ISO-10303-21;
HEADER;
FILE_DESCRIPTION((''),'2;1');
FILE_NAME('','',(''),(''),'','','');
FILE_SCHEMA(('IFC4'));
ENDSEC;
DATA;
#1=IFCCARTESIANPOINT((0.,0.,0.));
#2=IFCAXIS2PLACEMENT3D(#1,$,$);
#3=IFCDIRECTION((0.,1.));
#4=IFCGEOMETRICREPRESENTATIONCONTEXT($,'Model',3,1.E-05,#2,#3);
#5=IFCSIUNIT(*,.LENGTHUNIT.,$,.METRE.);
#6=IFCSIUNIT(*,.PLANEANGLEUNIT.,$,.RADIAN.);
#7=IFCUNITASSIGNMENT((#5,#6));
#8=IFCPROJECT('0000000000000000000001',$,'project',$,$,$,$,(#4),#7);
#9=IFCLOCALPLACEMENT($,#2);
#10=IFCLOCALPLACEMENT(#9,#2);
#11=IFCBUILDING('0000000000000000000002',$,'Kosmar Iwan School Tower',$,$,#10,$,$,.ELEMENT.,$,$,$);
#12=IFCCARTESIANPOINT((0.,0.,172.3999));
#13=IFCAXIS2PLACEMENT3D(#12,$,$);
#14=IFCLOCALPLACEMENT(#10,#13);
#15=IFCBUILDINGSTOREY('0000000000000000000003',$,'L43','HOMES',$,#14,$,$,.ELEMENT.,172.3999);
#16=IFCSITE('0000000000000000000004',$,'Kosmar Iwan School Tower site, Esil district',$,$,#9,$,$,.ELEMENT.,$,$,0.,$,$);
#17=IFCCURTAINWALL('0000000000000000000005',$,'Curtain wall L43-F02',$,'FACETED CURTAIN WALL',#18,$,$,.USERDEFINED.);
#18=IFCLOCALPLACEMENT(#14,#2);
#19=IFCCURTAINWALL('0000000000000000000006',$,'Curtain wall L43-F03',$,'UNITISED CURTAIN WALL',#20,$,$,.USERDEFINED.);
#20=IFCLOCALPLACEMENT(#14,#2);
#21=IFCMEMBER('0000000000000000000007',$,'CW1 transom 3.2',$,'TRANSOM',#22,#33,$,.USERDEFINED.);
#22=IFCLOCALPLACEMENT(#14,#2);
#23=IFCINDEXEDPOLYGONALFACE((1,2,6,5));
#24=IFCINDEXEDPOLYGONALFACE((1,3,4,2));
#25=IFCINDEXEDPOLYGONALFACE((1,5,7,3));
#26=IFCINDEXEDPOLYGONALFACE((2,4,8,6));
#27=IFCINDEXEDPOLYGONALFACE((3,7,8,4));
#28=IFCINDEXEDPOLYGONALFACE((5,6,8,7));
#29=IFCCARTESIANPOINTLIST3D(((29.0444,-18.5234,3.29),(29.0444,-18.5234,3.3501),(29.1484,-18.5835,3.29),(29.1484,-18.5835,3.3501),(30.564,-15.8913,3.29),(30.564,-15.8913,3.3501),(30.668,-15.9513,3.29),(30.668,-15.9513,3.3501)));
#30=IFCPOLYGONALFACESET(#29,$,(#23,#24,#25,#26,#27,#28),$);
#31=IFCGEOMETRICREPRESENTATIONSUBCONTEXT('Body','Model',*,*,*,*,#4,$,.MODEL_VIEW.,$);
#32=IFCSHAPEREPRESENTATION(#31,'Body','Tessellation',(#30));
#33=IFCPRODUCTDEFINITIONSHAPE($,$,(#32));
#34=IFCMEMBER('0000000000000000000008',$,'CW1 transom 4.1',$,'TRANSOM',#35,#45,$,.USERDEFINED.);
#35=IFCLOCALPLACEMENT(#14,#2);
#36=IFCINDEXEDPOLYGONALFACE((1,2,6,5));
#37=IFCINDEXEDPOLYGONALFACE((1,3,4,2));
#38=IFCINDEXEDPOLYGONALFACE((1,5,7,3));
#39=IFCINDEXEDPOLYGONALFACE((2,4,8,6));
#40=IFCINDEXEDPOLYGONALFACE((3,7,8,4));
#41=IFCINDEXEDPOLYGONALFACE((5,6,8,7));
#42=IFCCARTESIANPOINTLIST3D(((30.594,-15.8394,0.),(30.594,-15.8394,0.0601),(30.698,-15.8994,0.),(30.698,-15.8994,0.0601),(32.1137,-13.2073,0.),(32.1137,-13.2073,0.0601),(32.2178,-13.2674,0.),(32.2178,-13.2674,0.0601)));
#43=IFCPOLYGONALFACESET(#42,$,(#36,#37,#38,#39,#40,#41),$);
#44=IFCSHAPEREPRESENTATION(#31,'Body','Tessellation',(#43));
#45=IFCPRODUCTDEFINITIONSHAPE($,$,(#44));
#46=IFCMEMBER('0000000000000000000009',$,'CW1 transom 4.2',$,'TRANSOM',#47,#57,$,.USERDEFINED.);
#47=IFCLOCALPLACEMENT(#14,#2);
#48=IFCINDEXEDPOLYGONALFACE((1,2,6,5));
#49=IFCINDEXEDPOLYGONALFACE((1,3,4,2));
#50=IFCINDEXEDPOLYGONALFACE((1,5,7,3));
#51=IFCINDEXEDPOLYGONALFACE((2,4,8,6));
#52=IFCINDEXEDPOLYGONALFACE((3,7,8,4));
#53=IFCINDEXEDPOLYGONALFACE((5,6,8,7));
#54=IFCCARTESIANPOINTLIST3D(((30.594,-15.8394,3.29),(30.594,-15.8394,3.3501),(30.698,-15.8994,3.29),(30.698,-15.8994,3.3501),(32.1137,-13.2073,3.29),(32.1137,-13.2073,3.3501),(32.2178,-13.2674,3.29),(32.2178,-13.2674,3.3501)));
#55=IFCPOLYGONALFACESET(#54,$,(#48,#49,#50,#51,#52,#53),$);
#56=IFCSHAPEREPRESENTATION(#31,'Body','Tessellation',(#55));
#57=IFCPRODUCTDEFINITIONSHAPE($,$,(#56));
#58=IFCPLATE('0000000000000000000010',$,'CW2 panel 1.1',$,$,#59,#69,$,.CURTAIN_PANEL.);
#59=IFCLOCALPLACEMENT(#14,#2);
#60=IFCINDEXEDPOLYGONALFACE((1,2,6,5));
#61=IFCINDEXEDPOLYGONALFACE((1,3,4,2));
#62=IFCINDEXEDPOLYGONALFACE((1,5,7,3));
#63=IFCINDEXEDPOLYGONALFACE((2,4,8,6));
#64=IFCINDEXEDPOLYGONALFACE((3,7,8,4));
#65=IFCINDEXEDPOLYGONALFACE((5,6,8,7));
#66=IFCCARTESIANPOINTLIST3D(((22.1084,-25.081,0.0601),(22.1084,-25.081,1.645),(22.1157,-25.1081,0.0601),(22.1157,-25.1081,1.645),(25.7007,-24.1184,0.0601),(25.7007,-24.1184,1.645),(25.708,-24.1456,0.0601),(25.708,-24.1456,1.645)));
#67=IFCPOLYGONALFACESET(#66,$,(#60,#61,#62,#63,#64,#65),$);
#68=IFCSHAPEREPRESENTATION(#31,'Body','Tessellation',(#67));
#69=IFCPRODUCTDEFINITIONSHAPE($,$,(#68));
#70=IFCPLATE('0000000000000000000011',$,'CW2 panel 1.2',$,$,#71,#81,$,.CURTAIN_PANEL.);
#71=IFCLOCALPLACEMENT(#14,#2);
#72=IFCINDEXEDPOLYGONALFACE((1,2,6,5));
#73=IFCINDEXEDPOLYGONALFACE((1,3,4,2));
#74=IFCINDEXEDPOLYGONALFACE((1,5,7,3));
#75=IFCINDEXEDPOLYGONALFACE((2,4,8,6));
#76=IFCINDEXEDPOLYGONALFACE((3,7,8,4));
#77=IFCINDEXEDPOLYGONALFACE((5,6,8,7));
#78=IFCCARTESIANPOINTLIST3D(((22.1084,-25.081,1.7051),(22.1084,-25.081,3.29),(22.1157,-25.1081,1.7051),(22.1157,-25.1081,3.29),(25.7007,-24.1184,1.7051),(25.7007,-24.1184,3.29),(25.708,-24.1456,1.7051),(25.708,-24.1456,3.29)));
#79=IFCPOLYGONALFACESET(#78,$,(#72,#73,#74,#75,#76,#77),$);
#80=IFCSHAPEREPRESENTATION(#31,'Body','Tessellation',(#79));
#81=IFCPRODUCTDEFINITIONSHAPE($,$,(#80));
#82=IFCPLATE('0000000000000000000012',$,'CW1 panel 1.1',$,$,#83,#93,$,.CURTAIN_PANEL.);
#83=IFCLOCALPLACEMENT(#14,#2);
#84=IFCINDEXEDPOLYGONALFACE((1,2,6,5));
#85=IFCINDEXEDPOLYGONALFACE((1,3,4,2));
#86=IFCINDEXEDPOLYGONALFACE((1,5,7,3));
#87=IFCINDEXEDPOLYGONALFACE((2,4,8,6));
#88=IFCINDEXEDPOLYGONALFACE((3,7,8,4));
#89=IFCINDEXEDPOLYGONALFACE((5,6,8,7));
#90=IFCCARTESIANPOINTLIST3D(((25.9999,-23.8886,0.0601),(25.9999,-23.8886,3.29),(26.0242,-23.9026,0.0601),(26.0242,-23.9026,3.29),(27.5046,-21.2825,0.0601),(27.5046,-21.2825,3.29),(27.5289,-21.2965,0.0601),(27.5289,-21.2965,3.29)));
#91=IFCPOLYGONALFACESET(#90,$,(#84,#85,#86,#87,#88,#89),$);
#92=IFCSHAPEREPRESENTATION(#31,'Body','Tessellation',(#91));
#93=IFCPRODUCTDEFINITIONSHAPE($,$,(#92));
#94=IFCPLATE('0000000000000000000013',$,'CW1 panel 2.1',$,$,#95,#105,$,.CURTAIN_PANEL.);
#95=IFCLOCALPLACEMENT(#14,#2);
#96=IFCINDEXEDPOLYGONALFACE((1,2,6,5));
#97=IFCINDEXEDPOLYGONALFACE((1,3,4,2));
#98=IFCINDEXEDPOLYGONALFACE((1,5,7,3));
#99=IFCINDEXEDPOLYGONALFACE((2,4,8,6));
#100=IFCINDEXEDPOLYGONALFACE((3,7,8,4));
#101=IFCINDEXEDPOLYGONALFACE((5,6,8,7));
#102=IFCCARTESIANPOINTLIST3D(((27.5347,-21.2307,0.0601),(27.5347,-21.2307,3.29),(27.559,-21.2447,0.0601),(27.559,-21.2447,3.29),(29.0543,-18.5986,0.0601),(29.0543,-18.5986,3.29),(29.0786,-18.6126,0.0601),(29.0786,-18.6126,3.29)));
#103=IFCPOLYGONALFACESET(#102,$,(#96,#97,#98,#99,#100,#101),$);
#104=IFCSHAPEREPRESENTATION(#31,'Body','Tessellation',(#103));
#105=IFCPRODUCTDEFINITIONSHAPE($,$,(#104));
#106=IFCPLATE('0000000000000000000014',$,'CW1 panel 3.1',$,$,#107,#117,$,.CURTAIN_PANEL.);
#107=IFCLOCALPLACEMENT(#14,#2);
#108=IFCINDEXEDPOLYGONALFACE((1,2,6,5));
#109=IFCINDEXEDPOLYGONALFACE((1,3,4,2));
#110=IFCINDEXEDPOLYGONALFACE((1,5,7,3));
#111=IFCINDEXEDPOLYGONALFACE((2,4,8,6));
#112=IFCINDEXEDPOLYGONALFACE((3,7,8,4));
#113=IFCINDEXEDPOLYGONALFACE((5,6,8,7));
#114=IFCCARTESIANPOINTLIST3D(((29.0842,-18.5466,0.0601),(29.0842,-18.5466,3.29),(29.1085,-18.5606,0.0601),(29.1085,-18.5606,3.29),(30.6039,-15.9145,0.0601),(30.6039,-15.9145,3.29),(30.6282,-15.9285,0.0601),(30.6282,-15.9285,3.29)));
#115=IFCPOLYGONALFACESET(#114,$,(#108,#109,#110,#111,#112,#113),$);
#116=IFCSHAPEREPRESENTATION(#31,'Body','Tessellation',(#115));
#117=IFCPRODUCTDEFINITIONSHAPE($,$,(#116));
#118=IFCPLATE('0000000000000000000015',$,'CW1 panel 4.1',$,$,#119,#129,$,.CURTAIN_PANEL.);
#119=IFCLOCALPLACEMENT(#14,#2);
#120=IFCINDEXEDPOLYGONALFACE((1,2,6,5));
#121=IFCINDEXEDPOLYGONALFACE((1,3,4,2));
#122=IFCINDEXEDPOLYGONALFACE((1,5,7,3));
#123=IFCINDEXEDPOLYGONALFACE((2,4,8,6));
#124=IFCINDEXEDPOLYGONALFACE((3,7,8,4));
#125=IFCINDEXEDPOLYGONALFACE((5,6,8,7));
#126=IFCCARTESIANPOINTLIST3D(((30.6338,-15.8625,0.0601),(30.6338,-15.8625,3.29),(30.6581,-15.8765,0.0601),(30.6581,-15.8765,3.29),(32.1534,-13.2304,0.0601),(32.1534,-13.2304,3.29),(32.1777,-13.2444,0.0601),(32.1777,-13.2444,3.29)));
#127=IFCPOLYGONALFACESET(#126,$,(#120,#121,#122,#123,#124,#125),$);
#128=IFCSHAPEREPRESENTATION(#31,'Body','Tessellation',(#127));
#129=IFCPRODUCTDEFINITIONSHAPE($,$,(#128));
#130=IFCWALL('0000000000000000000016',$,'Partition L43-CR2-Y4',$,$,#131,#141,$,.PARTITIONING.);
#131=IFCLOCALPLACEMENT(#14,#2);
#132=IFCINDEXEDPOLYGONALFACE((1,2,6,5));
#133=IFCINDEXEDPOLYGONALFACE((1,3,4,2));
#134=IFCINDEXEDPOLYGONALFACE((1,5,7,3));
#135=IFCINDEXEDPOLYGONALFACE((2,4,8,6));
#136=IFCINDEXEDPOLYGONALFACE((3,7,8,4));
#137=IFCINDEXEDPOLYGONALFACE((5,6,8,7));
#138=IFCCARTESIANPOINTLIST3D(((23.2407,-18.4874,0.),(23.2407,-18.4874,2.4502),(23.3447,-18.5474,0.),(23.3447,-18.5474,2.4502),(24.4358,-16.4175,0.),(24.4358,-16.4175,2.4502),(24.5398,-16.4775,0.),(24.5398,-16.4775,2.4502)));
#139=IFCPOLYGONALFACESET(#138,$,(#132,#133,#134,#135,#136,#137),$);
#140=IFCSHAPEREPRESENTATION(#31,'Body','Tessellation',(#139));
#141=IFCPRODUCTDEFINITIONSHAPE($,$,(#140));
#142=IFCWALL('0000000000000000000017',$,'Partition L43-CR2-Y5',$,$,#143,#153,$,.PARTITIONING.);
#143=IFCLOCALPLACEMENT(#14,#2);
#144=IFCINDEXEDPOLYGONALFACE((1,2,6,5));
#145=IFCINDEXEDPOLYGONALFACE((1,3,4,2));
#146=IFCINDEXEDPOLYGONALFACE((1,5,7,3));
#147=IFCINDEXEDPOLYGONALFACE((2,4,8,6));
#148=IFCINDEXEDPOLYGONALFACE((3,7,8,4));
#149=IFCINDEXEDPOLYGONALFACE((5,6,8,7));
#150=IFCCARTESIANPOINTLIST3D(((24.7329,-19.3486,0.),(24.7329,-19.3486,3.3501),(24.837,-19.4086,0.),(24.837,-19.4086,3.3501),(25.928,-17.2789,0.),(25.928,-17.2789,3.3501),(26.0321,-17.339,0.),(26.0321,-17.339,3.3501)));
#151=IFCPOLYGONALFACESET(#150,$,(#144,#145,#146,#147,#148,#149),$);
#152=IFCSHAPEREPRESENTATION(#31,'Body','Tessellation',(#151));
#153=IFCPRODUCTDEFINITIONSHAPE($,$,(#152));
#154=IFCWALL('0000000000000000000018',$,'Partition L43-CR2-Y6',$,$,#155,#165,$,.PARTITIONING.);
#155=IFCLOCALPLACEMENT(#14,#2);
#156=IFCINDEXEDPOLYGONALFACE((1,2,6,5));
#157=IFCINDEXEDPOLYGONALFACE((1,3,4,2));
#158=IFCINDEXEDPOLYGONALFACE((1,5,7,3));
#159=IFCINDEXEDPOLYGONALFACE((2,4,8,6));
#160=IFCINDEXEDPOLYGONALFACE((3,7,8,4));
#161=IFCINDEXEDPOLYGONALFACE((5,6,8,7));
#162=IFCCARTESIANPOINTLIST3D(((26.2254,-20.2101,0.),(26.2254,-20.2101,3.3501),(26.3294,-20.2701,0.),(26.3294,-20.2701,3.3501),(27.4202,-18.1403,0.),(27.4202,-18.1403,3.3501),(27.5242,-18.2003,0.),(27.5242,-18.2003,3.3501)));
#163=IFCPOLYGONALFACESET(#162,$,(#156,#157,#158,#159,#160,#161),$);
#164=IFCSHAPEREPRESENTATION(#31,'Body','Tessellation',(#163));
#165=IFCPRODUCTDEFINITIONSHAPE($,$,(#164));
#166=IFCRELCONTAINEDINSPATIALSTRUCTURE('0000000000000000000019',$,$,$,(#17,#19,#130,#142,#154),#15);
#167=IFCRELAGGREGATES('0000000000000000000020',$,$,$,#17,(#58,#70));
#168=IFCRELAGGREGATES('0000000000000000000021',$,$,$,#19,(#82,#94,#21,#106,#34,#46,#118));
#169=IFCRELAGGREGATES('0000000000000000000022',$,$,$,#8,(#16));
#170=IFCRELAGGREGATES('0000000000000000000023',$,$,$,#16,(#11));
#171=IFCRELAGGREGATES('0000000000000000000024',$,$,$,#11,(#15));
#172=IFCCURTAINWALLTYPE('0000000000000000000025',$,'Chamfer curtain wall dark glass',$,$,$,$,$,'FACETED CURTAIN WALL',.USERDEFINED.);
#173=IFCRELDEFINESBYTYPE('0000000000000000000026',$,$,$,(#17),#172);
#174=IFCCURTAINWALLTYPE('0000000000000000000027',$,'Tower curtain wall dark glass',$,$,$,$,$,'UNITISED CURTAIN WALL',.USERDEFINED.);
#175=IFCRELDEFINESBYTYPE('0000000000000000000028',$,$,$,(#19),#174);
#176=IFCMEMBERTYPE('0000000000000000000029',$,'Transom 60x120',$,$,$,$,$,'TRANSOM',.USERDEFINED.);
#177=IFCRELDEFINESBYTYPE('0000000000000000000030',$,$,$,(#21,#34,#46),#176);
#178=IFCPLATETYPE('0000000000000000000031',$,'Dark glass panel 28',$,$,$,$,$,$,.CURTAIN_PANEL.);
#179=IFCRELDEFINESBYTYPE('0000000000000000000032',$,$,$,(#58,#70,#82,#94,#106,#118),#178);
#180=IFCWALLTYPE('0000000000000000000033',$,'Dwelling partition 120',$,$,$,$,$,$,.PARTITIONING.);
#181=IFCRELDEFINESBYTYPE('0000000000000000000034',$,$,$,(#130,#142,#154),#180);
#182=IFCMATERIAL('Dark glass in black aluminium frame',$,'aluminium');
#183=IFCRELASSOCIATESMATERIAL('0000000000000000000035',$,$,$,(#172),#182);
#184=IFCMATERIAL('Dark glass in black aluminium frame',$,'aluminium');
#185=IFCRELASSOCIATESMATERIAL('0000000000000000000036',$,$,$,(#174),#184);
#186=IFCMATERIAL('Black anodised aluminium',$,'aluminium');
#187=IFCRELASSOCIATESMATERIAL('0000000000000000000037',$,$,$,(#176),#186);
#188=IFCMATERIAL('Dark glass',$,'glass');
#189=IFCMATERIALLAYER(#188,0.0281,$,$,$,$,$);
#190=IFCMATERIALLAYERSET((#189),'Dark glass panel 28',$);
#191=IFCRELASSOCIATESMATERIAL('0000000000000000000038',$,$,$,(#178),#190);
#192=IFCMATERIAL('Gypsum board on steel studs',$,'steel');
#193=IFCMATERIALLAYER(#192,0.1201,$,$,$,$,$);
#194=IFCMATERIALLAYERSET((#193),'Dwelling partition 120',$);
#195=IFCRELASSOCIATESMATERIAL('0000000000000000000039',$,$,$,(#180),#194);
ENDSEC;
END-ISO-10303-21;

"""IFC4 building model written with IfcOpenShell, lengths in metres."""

from ifc_helpers import new_model, si_unit, direction, frame, frame_2d, origin, origin_2d, place, context, subcontext, project, spatial, rectangle, extrude, material, layer, layer_set, material_profile, profile_set, type_object, element, aggregate, save


model = new_model("IFC4")

# Units and contexts
model_context = context("Model", 3, precision=1e-05, world=origin(), true_north=direction((0.0, 1.0)))
body_context = subcontext(model_context, "Body", "Model", "MODEL_VIEW")
ifc_project = project(units=[si_unit("LENGTHUNIT", "METRE"), si_unit("PLANEANGLEUNIT", "RADIAN")], contexts=[model_context])

# Site, building, storey
site_placement = place(None, origin())
site = spatial("IfcSite", under=ifc_project, at=site_placement, Name="Kosmar Iwan School Tower site, Esil district", CompositionType="ELEMENT", RefElevation=0.0)
building_placement = place(site_placement, origin())
building = spatial("IfcBuilding", under=site, at=building_placement, Name="Kosmar Iwan School Tower", CompositionType="ELEMENT")
storey_placement = place(building_placement, frame((0.0, 0.0, 172.3999)))
storey = spatial("IfcBuildingStorey", under=building, at=storey_placement, Name="L43", Description="HOMES", CompositionType="ELEMENT", Elevation=172.3999)

# Curtain wall
ifc_material_1 = material(Name="Dark glass in black aluminium frame", Category="aluminium")
curtain_wall_type_1 = type_object("IfcCurtainWallType", Name="Chamfer curtain wall dark glass", ElementType="FACETED CURTAIN WALL", PredefinedType="USERDEFINED", material=ifc_material_1)
curtain_wall_1_placement = place(storey_placement, origin())
curtain_wall_1 = element("IfcCurtainWall", 1, at=curtain_wall_1_placement, inside=storey, type_object=curtain_wall_type_1, Name="Curtain wall L43-F02", ObjectType="FACETED CURTAIN WALL", PredefinedType="USERDEFINED")

# Curtain wall
ifc_material_2 = material(Name="Dark glass in black aluminium frame", Category="aluminium")
curtain_wall_type_2 = type_object("IfcCurtainWallType", Name="Tower curtain wall dark glass", ElementType="UNITISED CURTAIN WALL", PredefinedType="USERDEFINED", material=ifc_material_2)
curtain_wall_2_placement = place(storey_placement, origin())
curtain_wall_2 = element("IfcCurtainWall", 2, at=curtain_wall_2_placement, inside=storey, type_object=curtain_wall_type_2, Name="Curtain wall L43-F03", ObjectType="UNITISED CURTAIN WALL", PredefinedType="USERDEFINED")

# Members
ifc_material_3 = material(Name="Black anodised aluminium", Category="aluminium")
ifc_material_profile_1 = material_profile(ifc_material_3, rectangle(XDim=0.1201, YDim=0.0601, at=origin_2d()), Name="TRANSOM 60x120")
ifc_profile_set_1 = profile_set([ifc_material_profile_1], Name="Black anodised aluminium")
member_type_1 = type_object("IfcMemberType", Name="Transom 60x120", ElementType="TRANSOM", PredefinedType="USERDEFINED", material=ifc_profile_set_1)
member_1_placement = place(storey_placement, frame((29.0964, -18.5535, 3.3201), z_axis=(0.499975, 0.86604, 0.0), x_axis=(-0.86604, 0.499975, 0.0)))
member_1 = element("IfcMember", 3, at=member_1_placement, type_object=member_type_1, Name="CW1 transom 3.2", ObjectType="TRANSOM", PredefinedType="USERDEFINED", context=body_context, shape_type="SweptSolid", body=[
    extrude(rectangle(XDim=0.1201, YDim=0.0601, at=origin_2d()), origin(), (0.0, 0.0, 1.0), 3.0393),
])
member_2_placement = place(storey_placement, frame((30.646, -15.8694, 0.03), z_axis=(0.500035, 0.866005, 0.0), x_axis=(-0.866005, 0.500035, 0.0)))
member_2 = element("IfcMember", 4, at=member_2_placement, type_object=member_type_1, Name="CW1 transom 4.1", ObjectType="TRANSOM", PredefinedType="USERDEFINED", context=body_context, shape_type="SweptSolid", body=[
    extrude(rectangle(XDim=0.1201, YDim=0.0601, at=origin_2d()), origin(), (0.0, 0.0, 1.0), 3.0393),
])
member_3_placement = place(storey_placement, frame((30.646, -15.8694, 3.3201), z_axis=(0.500035, 0.866005, 0.0), x_axis=(-0.866005, 0.500035, 0.0)))
member_3 = element("IfcMember", 5, at=member_3_placement, type_object=member_type_1, Name="CW1 transom 4.2", ObjectType="TRANSOM", PredefinedType="USERDEFINED", context=body_context, shape_type="SweptSolid", body=[
    extrude(rectangle(XDim=0.1201, YDim=0.0601, at=origin_2d()), origin(), (0.0, 0.0, 1.0), 3.0393),
])

# Plates
ifc_material_4 = material(Name="Dark glass", Category="glass")
ifc_layer_1 = layer(ifc_material_4, 0.0281)
ifc_layer_set_1 = layer_set([ifc_layer_1], Name="Dark glass panel 28")
plate_type = type_object("IfcPlateType", Name="Dark glass panel 28", PredefinedType="CURTAIN_PANEL", material=ifc_layer_set_1)
plate_1_placement = place(storey_placement, frame((23.9082, -24.6133, 0.0601), z_axis=(0.0, 0.0, 1.0), x_axis=(0.965926, 0.258819, 0.0)))
plate_1 = element("IfcPlate", 6, at=plate_1_placement, type_object=plate_type, Name="CW2 panel 1.1", PredefinedType="CURTAIN_PANEL", context=body_context, shape_type="SweptSolid", body=[
    extrude(rectangle(XDim=3.719, YDim=0.0281, at=origin_2d()), origin(), (0.0, 0.0, 1.0), 1.585),
])
plate_2_placement = place(storey_placement, frame((23.9082, -24.6133, 1.7051), z_axis=(0.0, 0.0, 1.0), x_axis=(0.965926, 0.258819, 0.0)))
plate_2 = element("IfcPlate", 7, at=plate_2_placement, type_object=plate_type, Name="CW2 panel 1.2", PredefinedType="CURTAIN_PANEL", context=body_context, shape_type="SweptSolid", body=[
    extrude(rectangle(XDim=3.719, YDim=0.0281, at=origin_2d()), origin(), (0.0, 0.0, 1.0), 1.585),
])
aggregate(curtain_wall_1, [plate_1, plate_2])
plate_3_placement = place(storey_placement, frame((26.7644, -22.5925, 0.0601), z_axis=(0.0, 0.0, 1.0), x_axis=(0.5, 0.866025, 0.0)))
plate_3 = element("IfcPlate", 8, at=plate_3_placement, type_object=plate_type, Name="CW1 panel 1.1", PredefinedType="CURTAIN_PANEL", context=body_context, shape_type="SweptSolid", body=[
    extrude(rectangle(XDim=3.0093, YDim=0.0281, at=origin_2d()), origin(), (0.0, 0.0, 1.0), 3.23),
])
plate_4_placement = place(storey_placement, frame((28.3066, -19.9216, 0.0601), z_axis=(0.0, 0.0, 1.0), x_axis=(0.5, 0.866025, 0.0)))
plate_4 = element("IfcPlate", 9, at=plate_4_placement, type_object=plate_type, Name="CW1 panel 2.1", PredefinedType="CURTAIN_PANEL", context=body_context, shape_type="SweptSolid", body=[
    extrude(rectangle(XDim=3.0393, YDim=0.0281, at=origin_2d()), origin(), (0.0, 0.0, 1.0), 3.23),
])
plate_5_placement = place(storey_placement, frame((29.8562, -17.2375, 0.0601), z_axis=(0.0, 0.0, 1.0), x_axis=(0.5, 0.866025, 0.0)))
plate_5 = element("IfcPlate", 10, at=plate_5_placement, type_object=plate_type, Name="CW1 panel 3.1", PredefinedType="CURTAIN_PANEL", context=body_context, shape_type="SweptSolid", body=[
    extrude(rectangle(XDim=3.0393, YDim=0.0281, at=origin_2d()), origin(), (0.0, 0.0, 1.0), 3.23),
])
plate_6_placement = place(storey_placement, frame((31.4058, -14.5535, 0.0601), z_axis=(0.0, 0.0, 1.0), x_axis=(0.5, 0.866025, 0.0)))
plate_6 = element("IfcPlate", 11, at=plate_6_placement, type_object=plate_type, Name="CW1 panel 4.1", PredefinedType="CURTAIN_PANEL", context=body_context, shape_type="SweptSolid", body=[
    extrude(rectangle(XDim=3.0393, YDim=0.0281, at=origin_2d()), origin(), (0.0, 0.0, 1.0), 3.23),
])
aggregate(curtain_wall_2, [plate_3, plate_4, member_1, plate_5, member_2, member_3, plate_6])

# Walls
ifc_material_5 = material(Name="Gypsum board on steel studs", Category="steel")
ifc_layer_2 = layer(ifc_material_5, 0.1201)
ifc_layer_set_2 = layer_set([ifc_layer_2], Name="Dwelling partition 120")
wall_type = type_object("IfcWallType", Name="Dwelling partition 120", PredefinedType="PARTITIONING", material=ifc_layer_set_2)
wall_placement = place(storey_placement, frame((24.4878, -16.4475, 0.0), z_axis=(0.0, 0.0, 1.0), x_axis=(-0.500017, -0.866015, 0.0)))
element("IfcWall", 12, at=wall_placement, inside=storey, type_object=wall_type, Name="Partition L43-CR2-Y4", PredefinedType="PARTITIONING", context=body_context, shape_type="SweptSolid", body=[
    extrude(rectangle(XDim=2.3901, YDim=0.1201, at=frame_2d((1.1951, 0.0))), origin(), (0.0, 0.0, 1.0), 2.4502),
])
for number, where, z_axis, x_axis, name in (
    (13, (25.98, -17.3091, 0.0), (0.0, 0.0, 1.0), (-0.500061, -0.86599, 0.0), "Partition L43-CR2-Y5"),
    (14, (27.4722, -18.1704, 0.0), (0.0, 0.0, 1.0), (-0.499941, -0.86606, 0.0), "Partition L43-CR2-Y6"),
):
    element("IfcWall", number, at=place(storey_placement, frame(where, z_axis=z_axis, x_axis=x_axis)), inside=storey, type_object=wall_type, Name=name, PredefinedType="PARTITIONING", context=body_context, shape_type="SweptSolid", body=[
        extrude(rectangle(XDim=2.3899, YDim=0.1201, at=frame_2d((1.1948, 0.0))), origin(), (0.0, 0.0, 1.0), 3.3501),
    ])

save(model, "model.ifc")
